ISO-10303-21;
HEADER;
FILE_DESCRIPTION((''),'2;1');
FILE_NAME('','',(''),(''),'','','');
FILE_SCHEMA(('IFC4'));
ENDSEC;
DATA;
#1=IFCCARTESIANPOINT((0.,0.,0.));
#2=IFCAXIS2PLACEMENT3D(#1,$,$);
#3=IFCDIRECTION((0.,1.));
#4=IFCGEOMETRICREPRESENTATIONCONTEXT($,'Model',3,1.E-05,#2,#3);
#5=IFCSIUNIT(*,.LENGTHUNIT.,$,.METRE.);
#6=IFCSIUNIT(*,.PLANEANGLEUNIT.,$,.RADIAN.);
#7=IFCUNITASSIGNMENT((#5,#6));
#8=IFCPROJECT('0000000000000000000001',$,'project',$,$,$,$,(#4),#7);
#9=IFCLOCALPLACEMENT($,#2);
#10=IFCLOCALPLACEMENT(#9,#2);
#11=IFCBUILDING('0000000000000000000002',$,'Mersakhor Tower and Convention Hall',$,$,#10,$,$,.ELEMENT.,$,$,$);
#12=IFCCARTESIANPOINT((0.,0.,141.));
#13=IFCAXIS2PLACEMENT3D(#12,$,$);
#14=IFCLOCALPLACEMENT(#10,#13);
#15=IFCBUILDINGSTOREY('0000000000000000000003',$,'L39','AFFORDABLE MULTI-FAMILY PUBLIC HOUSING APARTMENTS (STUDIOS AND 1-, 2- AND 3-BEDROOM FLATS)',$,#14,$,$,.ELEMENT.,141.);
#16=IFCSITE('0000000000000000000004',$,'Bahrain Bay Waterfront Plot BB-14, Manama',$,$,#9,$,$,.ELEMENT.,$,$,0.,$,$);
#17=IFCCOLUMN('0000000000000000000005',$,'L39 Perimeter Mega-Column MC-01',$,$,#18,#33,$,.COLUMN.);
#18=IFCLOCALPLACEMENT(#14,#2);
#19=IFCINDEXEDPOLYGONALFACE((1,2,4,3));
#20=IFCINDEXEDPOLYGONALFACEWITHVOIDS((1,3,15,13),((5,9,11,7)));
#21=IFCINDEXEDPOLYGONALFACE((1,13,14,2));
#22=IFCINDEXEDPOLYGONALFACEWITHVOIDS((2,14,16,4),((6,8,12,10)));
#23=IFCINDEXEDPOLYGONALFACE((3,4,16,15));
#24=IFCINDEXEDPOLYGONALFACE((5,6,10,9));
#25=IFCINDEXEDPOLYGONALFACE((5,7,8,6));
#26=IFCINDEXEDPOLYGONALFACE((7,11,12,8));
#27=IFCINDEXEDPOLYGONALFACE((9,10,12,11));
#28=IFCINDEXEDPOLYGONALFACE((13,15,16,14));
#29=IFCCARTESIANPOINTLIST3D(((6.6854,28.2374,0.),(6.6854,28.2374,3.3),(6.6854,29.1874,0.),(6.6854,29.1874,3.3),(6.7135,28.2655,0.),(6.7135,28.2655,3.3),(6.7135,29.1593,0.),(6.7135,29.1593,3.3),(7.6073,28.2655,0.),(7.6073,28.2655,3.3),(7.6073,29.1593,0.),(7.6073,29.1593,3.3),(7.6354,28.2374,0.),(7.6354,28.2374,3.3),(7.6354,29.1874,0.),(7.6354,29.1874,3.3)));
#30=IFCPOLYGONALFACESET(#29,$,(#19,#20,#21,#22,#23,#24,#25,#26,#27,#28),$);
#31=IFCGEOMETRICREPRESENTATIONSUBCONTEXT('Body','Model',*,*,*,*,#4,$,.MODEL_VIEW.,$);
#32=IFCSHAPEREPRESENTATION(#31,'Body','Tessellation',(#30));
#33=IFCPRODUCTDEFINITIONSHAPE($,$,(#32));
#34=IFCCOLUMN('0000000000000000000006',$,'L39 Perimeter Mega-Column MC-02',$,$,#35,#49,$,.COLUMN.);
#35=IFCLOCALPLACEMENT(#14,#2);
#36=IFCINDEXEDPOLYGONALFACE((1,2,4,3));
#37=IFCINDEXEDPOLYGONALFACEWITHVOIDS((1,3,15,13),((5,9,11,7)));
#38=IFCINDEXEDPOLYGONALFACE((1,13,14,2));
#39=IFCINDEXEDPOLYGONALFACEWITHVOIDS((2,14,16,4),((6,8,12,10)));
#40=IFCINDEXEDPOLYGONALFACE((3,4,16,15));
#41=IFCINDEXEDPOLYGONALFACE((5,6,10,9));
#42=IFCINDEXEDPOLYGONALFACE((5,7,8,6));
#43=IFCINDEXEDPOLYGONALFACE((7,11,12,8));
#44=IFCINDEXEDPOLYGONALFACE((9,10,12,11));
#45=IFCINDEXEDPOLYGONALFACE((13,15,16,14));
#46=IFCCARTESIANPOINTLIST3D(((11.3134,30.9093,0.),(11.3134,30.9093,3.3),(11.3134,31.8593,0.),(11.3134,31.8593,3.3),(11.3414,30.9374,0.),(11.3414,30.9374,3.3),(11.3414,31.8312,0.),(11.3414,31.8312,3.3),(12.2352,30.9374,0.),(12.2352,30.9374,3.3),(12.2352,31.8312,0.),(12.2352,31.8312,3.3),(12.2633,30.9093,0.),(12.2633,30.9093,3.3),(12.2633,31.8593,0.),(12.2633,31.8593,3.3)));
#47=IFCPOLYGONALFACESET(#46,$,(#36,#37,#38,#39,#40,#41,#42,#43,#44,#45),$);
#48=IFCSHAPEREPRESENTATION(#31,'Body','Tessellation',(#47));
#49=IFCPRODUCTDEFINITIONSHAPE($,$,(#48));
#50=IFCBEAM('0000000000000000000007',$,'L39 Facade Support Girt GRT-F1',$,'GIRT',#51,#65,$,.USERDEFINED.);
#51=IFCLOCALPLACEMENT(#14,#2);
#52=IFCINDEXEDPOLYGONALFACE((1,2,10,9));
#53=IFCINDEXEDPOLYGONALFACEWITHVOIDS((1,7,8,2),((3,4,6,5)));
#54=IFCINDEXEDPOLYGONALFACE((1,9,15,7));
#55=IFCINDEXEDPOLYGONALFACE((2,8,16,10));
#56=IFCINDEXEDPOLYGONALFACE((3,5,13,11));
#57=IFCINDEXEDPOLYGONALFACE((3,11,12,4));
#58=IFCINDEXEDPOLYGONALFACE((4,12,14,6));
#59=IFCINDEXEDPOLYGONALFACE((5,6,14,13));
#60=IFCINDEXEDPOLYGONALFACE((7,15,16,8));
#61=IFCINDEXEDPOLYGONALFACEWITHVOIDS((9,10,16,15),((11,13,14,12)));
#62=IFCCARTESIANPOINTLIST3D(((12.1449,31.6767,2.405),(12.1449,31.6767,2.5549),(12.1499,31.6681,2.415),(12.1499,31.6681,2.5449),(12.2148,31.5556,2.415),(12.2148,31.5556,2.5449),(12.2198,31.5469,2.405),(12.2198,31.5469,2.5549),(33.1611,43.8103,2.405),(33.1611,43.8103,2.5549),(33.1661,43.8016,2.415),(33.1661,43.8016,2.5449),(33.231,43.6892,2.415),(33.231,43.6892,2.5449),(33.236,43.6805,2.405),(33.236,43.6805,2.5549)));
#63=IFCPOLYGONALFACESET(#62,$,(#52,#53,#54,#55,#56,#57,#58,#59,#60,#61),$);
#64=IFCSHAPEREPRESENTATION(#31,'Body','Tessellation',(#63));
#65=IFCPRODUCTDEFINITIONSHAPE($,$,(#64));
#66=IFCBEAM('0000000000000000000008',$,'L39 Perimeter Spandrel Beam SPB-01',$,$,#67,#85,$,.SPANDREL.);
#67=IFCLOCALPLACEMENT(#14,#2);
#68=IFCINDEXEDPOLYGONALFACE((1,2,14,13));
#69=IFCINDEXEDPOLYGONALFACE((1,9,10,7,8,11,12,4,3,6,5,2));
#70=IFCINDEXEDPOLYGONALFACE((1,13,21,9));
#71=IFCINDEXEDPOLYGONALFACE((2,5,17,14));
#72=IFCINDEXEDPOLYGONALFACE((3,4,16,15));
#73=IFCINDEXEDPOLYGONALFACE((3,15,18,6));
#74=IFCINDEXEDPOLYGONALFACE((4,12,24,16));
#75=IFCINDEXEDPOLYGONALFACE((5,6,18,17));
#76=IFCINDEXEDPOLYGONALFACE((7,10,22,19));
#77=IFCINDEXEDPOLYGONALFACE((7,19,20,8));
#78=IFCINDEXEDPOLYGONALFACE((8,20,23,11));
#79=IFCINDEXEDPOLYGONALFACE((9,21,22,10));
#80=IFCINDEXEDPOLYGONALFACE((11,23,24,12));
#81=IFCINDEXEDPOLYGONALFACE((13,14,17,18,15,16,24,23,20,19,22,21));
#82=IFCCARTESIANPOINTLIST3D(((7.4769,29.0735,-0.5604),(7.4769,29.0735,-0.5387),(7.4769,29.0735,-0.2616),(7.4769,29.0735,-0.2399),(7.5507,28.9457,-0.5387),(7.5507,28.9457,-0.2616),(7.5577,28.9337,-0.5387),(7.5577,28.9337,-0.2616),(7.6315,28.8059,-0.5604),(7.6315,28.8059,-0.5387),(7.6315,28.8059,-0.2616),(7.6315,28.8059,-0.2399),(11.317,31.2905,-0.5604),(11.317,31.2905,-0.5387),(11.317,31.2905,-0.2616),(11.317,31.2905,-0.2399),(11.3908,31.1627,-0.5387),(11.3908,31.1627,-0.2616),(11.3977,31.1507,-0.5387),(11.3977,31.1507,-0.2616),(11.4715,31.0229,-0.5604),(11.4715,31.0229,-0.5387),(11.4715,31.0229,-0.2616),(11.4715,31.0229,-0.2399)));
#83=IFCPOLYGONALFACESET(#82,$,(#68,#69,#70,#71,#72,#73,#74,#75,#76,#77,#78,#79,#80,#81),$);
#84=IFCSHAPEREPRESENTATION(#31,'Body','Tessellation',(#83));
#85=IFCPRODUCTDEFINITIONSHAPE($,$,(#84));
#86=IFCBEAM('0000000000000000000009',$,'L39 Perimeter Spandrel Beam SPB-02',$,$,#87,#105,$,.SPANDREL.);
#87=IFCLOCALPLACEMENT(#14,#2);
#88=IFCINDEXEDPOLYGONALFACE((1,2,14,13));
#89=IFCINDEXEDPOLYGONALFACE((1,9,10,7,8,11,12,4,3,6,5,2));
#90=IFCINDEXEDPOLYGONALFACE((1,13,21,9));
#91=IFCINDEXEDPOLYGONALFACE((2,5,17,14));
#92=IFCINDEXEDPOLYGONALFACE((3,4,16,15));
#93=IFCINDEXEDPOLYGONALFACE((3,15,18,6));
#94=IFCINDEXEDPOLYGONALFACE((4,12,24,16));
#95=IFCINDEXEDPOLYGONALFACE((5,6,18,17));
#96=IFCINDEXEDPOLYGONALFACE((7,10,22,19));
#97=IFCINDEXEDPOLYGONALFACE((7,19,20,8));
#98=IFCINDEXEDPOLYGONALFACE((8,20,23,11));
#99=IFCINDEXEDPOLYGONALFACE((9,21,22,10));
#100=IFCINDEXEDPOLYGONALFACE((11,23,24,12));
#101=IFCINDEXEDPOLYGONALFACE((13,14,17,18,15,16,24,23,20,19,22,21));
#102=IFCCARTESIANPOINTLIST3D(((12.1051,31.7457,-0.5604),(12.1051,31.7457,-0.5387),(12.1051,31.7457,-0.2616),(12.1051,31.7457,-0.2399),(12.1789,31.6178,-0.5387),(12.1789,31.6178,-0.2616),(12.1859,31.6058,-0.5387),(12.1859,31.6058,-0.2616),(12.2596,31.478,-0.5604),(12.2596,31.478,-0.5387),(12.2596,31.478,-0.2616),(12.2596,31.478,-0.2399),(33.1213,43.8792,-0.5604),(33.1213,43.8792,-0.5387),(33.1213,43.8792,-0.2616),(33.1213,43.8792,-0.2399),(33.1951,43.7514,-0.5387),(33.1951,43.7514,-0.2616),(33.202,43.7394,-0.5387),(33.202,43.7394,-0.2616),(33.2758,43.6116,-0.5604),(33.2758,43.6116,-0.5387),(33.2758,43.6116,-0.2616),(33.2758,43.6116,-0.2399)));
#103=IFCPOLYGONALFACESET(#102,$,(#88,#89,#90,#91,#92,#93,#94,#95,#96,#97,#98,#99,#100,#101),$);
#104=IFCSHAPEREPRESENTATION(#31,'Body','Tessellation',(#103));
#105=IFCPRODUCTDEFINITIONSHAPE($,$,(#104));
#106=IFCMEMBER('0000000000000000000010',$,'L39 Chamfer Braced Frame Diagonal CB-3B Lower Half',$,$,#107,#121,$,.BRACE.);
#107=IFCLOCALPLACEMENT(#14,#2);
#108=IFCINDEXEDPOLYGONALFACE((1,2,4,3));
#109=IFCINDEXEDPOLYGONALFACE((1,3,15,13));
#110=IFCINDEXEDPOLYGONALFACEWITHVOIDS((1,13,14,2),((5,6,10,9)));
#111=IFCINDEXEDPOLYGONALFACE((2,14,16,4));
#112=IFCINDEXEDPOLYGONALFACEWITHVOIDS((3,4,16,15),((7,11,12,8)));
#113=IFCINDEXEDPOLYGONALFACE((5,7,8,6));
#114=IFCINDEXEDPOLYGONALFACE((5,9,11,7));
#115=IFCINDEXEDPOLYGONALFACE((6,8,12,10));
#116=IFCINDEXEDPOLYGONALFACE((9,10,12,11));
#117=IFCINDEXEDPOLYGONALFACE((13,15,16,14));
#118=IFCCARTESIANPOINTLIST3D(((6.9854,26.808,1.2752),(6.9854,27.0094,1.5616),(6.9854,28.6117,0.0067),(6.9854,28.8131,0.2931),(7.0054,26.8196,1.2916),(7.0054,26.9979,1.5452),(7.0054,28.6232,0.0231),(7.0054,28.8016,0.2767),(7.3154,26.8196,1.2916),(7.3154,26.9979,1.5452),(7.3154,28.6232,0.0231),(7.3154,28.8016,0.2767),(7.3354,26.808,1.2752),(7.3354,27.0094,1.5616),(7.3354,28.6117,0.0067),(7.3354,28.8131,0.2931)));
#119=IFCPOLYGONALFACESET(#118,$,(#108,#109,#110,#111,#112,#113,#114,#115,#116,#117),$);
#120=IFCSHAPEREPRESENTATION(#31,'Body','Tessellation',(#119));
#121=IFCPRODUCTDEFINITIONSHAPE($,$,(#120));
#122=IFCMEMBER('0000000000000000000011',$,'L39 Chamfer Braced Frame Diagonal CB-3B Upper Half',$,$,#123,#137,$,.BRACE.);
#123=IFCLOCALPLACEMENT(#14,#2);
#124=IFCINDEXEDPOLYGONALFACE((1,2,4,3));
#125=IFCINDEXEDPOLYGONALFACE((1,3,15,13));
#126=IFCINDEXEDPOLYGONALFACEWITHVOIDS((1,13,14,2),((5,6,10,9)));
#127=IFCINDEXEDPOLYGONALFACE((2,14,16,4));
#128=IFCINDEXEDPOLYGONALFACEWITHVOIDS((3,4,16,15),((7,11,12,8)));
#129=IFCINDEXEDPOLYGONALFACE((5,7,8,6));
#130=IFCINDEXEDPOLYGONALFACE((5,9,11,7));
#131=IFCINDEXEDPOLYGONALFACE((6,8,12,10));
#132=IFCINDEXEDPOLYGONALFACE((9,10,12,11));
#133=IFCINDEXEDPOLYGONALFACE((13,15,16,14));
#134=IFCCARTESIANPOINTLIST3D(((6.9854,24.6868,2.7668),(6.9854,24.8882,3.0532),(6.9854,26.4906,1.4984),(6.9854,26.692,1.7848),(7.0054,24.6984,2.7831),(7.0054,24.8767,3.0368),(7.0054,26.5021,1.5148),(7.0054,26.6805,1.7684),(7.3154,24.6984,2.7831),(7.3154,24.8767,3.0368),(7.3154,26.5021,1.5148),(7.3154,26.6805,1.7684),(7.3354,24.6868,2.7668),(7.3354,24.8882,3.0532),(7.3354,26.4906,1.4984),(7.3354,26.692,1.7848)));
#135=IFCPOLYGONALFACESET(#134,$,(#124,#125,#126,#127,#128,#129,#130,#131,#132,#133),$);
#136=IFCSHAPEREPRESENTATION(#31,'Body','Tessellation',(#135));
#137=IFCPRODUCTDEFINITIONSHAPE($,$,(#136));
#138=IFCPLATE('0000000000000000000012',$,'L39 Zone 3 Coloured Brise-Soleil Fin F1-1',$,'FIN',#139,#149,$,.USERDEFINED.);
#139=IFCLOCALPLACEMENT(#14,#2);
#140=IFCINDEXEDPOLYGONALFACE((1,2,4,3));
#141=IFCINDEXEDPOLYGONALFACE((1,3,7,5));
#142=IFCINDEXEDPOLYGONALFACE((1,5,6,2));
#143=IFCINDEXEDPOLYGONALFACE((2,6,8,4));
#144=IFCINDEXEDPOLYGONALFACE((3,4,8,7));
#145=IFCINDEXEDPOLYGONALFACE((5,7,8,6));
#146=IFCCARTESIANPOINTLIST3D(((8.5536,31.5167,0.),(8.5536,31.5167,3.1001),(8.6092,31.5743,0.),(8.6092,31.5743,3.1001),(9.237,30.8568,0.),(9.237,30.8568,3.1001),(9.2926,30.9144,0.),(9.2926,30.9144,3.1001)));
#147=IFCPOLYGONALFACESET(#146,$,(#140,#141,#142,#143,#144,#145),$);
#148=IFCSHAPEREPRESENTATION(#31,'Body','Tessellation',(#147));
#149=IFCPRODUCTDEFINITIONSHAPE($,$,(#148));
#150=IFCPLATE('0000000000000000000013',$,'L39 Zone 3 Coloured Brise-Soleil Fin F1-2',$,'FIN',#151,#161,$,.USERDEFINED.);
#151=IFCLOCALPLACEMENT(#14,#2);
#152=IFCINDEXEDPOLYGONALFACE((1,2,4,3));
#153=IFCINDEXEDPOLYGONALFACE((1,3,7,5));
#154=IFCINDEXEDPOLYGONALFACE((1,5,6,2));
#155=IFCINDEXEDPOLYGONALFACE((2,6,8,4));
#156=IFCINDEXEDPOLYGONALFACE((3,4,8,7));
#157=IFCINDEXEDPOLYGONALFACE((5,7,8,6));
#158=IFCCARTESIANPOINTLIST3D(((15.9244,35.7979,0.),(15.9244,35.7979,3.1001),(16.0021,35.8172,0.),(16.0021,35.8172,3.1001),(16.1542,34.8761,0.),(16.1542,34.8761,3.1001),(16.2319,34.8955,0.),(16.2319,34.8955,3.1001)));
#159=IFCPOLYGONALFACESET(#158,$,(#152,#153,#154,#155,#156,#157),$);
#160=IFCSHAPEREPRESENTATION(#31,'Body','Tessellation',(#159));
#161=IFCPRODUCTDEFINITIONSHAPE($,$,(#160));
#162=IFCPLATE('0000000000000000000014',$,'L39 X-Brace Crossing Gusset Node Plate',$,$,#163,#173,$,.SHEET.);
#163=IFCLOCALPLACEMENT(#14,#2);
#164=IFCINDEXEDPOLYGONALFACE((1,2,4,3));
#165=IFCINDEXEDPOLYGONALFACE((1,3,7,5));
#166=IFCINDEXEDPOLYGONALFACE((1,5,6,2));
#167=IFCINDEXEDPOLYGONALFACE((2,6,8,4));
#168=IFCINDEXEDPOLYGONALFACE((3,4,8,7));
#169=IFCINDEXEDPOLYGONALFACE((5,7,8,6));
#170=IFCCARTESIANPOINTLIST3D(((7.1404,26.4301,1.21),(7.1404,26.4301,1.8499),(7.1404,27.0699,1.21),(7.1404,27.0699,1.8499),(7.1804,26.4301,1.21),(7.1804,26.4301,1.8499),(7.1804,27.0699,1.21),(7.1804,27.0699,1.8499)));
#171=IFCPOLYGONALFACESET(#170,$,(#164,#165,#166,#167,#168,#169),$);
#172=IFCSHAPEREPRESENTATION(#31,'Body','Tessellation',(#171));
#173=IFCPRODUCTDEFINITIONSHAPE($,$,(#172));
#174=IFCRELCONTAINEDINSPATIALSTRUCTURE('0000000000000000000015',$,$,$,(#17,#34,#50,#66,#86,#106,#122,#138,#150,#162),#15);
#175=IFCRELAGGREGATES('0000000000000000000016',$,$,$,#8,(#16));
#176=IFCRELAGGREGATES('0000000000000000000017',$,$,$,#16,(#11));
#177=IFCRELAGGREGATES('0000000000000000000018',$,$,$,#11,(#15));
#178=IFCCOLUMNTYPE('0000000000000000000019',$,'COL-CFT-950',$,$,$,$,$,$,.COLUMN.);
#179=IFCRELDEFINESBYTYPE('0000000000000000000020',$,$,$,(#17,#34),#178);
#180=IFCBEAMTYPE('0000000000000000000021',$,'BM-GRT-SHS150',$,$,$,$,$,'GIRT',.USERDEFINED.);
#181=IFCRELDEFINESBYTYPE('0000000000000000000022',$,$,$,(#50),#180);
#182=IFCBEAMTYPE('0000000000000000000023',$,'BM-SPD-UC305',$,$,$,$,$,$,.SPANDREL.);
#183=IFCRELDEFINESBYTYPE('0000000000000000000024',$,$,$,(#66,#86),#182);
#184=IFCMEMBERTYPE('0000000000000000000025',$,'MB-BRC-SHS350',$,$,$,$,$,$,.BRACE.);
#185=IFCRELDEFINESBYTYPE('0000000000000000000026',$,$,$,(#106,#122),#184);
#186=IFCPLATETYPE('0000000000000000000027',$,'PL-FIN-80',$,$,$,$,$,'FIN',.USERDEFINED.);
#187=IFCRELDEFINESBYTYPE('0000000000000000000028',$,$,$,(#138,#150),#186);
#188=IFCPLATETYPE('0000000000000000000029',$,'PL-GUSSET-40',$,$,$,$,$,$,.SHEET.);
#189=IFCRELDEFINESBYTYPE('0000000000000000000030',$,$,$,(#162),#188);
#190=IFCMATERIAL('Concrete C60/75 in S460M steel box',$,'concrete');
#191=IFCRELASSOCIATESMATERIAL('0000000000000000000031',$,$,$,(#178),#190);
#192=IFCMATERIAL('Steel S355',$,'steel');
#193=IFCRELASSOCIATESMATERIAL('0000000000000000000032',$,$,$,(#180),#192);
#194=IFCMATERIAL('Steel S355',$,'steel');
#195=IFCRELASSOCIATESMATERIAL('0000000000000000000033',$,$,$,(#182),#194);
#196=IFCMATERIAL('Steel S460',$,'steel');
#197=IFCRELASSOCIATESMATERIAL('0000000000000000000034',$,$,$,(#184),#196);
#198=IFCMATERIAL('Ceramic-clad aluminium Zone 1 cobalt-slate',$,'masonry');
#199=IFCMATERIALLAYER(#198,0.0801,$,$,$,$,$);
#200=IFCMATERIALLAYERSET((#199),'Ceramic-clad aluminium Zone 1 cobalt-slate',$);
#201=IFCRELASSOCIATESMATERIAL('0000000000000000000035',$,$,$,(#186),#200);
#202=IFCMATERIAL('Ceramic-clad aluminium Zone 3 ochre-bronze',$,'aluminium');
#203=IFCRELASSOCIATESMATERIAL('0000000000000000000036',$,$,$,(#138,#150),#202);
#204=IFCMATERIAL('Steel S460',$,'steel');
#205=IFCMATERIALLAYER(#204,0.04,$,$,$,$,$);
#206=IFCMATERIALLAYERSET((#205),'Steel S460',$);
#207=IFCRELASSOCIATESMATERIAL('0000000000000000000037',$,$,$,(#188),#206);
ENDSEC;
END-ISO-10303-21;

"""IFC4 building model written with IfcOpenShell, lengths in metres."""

from ifc_helpers import new_model, si_unit, direction, frame, origin, origin_2d, place, context, subcontext, project, spatial, rectangle, hollow_rectangle, i_section, extrude, material, layer, layer_set, material_profile, profile_set, type_object, element, save


model = new_model("IFC4")

# Units and contexts
model_context = context("Model", 3, precision=1e-05, world=origin(), true_north=direction((0.0, 1.0)))
body_context = subcontext(model_context, "Body", "Model", "MODEL_VIEW")
ifc_project = project(units=[si_unit("LENGTHUNIT", "METRE"), si_unit("PLANEANGLEUNIT", "RADIAN")], contexts=[model_context])

# Site, building, storey
site_placement = place(None, origin())
site = spatial("IfcSite", under=ifc_project, at=site_placement, Name="Bahrain Bay Waterfront Plot BB-14, Manama", CompositionType="ELEMENT", RefElevation=0.0)
building_placement = place(site_placement, origin())
building = spatial("IfcBuilding", under=site, at=building_placement, Name="Mersakhor Tower and Convention Hall", CompositionType="ELEMENT")
storey_placement = place(building_placement, frame((0.0, 0.0, 141.0)))
storey = spatial("IfcBuildingStorey", under=building, at=storey_placement, Name="L39", Description="AFFORDABLE MULTI-FAMILY PUBLIC HOUSING APARTMENTS (STUDIOS AND 1-, 2- AND 3-BEDROOM FLATS)", CompositionType="ELEMENT", Elevation=141.0)

# Columns
ifc_material_1 = material(Name="Concrete C60/75 in S460M steel box", Category="concrete")
ifc_material_profile_1 = material_profile(ifc_material_1, hollow_rectangle(XDim=0.95, YDim=0.95, WallThickness=0.0281, at=origin_2d()), Name="SHS 950x950x28")
ifc_profile_set_1 = profile_set([ifc_material_profile_1], Name="Concrete C60/75 in S460M steel box")
column_type = type_object("IfcColumnType", Name="COL-CFT-950", PredefinedType="COLUMN", material=ifc_profile_set_1)
for number, where, z_axis, x_axis, name in (
    (1, (7.1604, 28.7124, 0.0), (0.0, 0.0, 1.0), (1.0, 0.0, 0.0), "L39 Perimeter Mega-Column MC-01"),
    (2, (11.7883, 31.3843, 0.0), (0.0, 0.0, 1.0), (1.0, 0.0, 0.0), "L39 Perimeter Mega-Column MC-02"),
):
    element("IfcColumn", number, at=place(storey_placement, frame(where, z_axis=z_axis, x_axis=x_axis)), inside=storey, type_object=column_type, Name=name, PredefinedType="COLUMN", context=body_context, shape_type="SweptSolid", body=[
        extrude(hollow_rectangle(XDim=0.95, YDim=0.95, WallThickness=0.0281, at=origin_2d()), origin(), (0.0, 0.0, 1.0), 3.3),
    ])

# Beams
ifc_material_2 = material(Name="Steel S355", Category="steel")
ifc_material_profile_2 = material_profile(ifc_material_2, hollow_rectangle(XDim=0.1499, YDim=0.1499, WallThickness=0.01, at=origin_2d()), Name="SHS 150x150x10")
ifc_profile_set_2 = profile_set([ifc_material_profile_2], Name="Steel S355")
beam_type_1 = type_object("IfcBeamType", Name="BM-GRT-SHS150", ElementType="GIRT", PredefinedType="USERDEFINED", material=ifc_profile_set_2)
beam_1_placement = place(storey_placement, frame((12.1824, 31.6118, 2.48), z_axis=(0.866027, 0.499996, 0.0), x_axis=(-0.499996, 0.866027, 0.0)))
element("IfcBeam", 3, at=beam_1_placement, inside=storey, type_object=beam_type_1, Name="L39 Facade Support Girt GRT-F1", ObjectType="GIRT", PredefinedType="USERDEFINED", context=body_context, shape_type="SweptSolid", body=[
    extrude(hollow_rectangle(XDim=0.1499, YDim=0.1499, WallThickness=0.01, at=origin_2d()), origin(), (0.0, 0.0, 1.0), 24.2673),
])
ifc_material_3 = material(Name="Steel S355", Category="steel")
ifc_material_profile_3 = material_profile(ifc_material_3, i_section(OverallWidth=0.3091, OverallDepth=0.3206, WebThickness=0.0139, FlangeThickness=0.0217, at=origin_2d()), Name="UC 305x305x137")
ifc_profile_set_3 = profile_set([ifc_material_profile_3], Name="Steel S355")
beam_type_2 = type_object("IfcBeamType", Name="BM-SPD-UC305", PredefinedType="SPANDREL", material=ifc_profile_set_3)
beam_2_placement = place(storey_placement, frame((7.5542, 28.9397, -0.4001), z_axis=(0.866029, 0.499994, 0.0), x_axis=(-0.499994, 0.866029, 0.0)))
element("IfcBeam", 4, at=beam_2_placement, inside=storey, type_object=beam_type_2, Name="L39 Perimeter Spandrel Beam SPB-01", PredefinedType="SPANDREL", context=body_context, shape_type="SweptSolid", body=[
    extrude(i_section(OverallWidth=0.3091, OverallDepth=0.3206, WebThickness=0.0139, FlangeThickness=0.0217, at=origin_2d()), origin(), (0.0, 0.0, 1.0), 4.4341),
])
beam_3_placement = place(storey_placement, frame((12.1824, 31.6118, -0.4001), z_axis=(0.866027, 0.499996, 0.0), x_axis=(-0.499996, 0.866027, 0.0)))
element("IfcBeam", 5, at=beam_3_placement, inside=storey, type_object=beam_type_2, Name="L39 Perimeter Spandrel Beam SPB-02", PredefinedType="SPANDREL", context=body_context, shape_type="SweptSolid", body=[
    extrude(i_section(OverallWidth=0.3091, OverallDepth=0.3206, WebThickness=0.0139, FlangeThickness=0.0217, at=origin_2d()), origin(), (0.0, 0.0, 1.0), 24.2673),
])

# Members
ifc_material_4 = material(Name="Steel S460", Category="steel")
ifc_material_profile_4 = material_profile(ifc_material_4, hollow_rectangle(XDim=0.3501, YDim=0.3501, WallThickness=0.02, at=origin_2d()), Name="SHS 350x350x20")
ifc_profile_set_4 = profile_set([ifc_material_profile_4], Name="Steel S460")
member_type = type_object("IfcMemberType", Name="MB-BRC-SHS350", PredefinedType="BRACE", material=ifc_profile_set_4)
for number, where, z_axis, x_axis, name in (
    (6, (7.1604, 28.7124, 0.1499), (0.0, -0.817961, 0.575274), (1.0, 0.0, 0.0), "L39 Chamfer Braced Frame Diagonal CB-3B Lower Half"),
    (7, (7.1604, 26.5913, 1.6416), (0.0, -0.818013, 0.5752), (1.0, 0.0, 0.0), "L39 Chamfer Braced Frame Diagonal CB-3B Upper Half"),
):
    element("IfcMember", number, at=place(storey_placement, frame(where, z_axis=z_axis, x_axis=x_axis)), inside=storey, type_object=member_type, Name=name, PredefinedType="BRACE", context=body_context, shape_type="SweptSolid", body=[
        extrude(hollow_rectangle(XDim=0.3501, YDim=0.3501, WallThickness=0.02, at=origin_2d()), origin(), (0.0, 0.0, 1.0), 2.2051),
    ])

# Plates
ifc_material_5 = material(Name="Ceramic-clad aluminium Zone 3 ochre-bronze", Category="aluminium")
ifc_material_6 = material(Name="Ceramic-clad aluminium Zone 1 cobalt-slate", Category="masonry")
ifc_layer_1 = layer(ifc_material_6, 0.0801)
ifc_layer_set_1 = layer_set([ifc_layer_1], Name="Ceramic-clad aluminium Zone 1 cobalt-slate")
plate_type_1 = type_object("IfcPlateType", Name="PL-FIN-80", ElementType="FIN", PredefinedType="USERDEFINED", material=ifc_layer_set_1)
for number, where, z_axis, x_axis, name in (
    (8, (8.9231, 31.2156, 0.0), (0.0, 0.0, 1.0), (-0.71934, 0.694658, 0.0), "L39 Zone 3 Coloured Brise-Soleil Fin F1-1"),
    (9, (16.0781, 35.3467, 0.0), (0.0, 0.0, 1.0), (-0.241922, 0.970296, 0.0), "L39 Zone 3 Coloured Brise-Soleil Fin F1-2"),
):
    element("IfcPlate", number, at=place(storey_placement, frame(where, z_axis=z_axis, x_axis=x_axis)), inside=storey, type_object=plate_type_1, material=ifc_material_5, Name=name, ObjectType="FIN", PredefinedType="USERDEFINED", context=body_context, shape_type="SweptSolid", body=[
        extrude(rectangle(XDim=0.95, YDim=0.0801, at=origin_2d()), origin(), (0.0, 0.0, 1.0), 3.1001),
    ])
ifc_material_7 = material(Name="Steel S460", Category="steel")
ifc_layer_2 = layer(ifc_material_7, 0.04)
ifc_layer_set_2 = layer_set([ifc_layer_2], Name="Steel S460")
plate_type_2 = type_object("IfcPlateType", Name="PL-GUSSET-40", PredefinedType="SHEET", material=ifc_layer_set_2)
plate_placement = place(storey_placement, frame((7.1604, 26.75, 1.21), z_axis=(0.0, 0.0, 1.0), x_axis=(0.0, -1.0, 0.0)))
element("IfcPlate", 10, at=plate_placement, inside=storey, type_object=plate_type_2, Name="L39 X-Brace Crossing Gusset Node Plate", PredefinedType="SHEET", context=body_context, shape_type="SweptSolid", body=[
    extrude(rectangle(XDim=0.6399, YDim=0.04, at=origin_2d()), origin(), (0.0, 0.0, 1.0), 0.6399),
])

save(model, "model.ifc")
